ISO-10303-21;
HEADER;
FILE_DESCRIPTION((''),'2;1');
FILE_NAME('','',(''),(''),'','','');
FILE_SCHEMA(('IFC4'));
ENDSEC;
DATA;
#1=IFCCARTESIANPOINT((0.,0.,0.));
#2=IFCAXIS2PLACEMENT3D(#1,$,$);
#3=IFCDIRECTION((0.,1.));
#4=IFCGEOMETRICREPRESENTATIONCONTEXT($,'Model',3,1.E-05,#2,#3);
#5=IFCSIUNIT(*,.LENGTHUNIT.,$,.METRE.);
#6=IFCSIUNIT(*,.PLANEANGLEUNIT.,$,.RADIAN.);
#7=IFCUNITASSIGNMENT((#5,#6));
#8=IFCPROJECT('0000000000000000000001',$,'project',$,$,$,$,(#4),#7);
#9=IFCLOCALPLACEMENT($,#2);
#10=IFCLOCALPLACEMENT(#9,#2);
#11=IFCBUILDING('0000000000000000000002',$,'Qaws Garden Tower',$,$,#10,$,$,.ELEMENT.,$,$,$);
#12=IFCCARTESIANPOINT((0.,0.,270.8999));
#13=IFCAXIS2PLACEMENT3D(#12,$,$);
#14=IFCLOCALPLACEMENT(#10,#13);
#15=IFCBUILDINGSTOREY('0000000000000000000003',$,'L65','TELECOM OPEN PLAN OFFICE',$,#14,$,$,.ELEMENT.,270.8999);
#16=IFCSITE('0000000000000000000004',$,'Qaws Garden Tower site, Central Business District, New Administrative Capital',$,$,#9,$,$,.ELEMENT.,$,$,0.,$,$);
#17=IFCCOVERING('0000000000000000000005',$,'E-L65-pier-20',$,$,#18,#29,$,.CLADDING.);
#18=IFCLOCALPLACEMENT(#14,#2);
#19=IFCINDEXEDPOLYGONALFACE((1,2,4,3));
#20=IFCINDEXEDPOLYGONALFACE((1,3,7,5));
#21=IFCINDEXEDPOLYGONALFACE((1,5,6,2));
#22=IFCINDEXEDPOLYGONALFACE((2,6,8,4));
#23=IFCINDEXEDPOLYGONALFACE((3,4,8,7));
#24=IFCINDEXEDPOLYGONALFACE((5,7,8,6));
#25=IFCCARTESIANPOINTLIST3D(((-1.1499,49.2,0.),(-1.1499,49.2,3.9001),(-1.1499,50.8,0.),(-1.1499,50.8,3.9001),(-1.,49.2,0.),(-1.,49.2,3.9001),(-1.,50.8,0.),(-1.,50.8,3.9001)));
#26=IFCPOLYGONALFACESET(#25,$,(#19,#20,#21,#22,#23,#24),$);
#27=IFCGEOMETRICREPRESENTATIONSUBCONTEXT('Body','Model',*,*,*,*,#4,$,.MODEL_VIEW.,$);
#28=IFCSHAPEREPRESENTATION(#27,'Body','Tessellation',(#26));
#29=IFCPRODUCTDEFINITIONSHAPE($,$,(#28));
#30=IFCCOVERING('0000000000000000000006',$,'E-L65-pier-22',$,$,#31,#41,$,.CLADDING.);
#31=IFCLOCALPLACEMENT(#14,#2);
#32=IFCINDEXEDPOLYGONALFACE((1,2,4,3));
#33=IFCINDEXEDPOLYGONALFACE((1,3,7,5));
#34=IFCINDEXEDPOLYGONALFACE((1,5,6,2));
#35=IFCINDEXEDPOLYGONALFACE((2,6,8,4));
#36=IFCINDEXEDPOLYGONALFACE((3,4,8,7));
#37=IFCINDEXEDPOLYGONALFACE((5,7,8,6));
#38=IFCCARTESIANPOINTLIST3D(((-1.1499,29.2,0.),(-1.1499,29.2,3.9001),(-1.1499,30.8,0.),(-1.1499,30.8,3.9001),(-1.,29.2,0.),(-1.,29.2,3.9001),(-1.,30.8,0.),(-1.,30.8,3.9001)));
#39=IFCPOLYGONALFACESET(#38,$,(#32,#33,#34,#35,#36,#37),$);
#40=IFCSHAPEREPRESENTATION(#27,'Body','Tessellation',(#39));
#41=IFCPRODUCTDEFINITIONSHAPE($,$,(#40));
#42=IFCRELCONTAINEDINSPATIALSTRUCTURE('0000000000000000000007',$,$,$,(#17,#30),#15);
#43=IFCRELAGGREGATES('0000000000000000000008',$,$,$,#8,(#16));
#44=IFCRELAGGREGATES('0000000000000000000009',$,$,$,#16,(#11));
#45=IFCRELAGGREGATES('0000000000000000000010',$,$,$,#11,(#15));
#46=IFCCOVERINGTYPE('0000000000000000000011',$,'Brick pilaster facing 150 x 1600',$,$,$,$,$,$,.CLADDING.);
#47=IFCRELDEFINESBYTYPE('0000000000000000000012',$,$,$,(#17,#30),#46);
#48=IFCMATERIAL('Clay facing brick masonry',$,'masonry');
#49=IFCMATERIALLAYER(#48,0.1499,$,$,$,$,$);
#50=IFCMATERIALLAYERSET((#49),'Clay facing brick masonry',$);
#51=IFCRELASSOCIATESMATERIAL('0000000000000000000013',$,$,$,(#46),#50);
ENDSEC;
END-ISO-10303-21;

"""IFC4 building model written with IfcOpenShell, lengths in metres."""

from ifc_helpers import new_model, si_unit, direction, frame, origin, place, context, subcontext, project, spatial, polyline, outline, extrude, material, layer, layer_set, type_object, element, save


model = new_model("IFC4")

# Units and contexts
model_context = context("Model", 3, precision=1e-05, world=origin(), true_north=direction((0.0, 1.0)))
body_context = subcontext(model_context, "Body", "Model", "MODEL_VIEW")
ifc_project = project(units=[si_unit("LENGTHUNIT", "METRE"), si_unit("PLANEANGLEUNIT", "RADIAN")], contexts=[model_context])

# Site, building, storey
site_placement = place(None, origin())
site = spatial("IfcSite", under=ifc_project, at=site_placement, Name="Qaws Garden Tower site, Central Business District, New Administrative Capital", CompositionType="ELEMENT", RefElevation=0.0)
building_placement = place(site_placement, origin())
building = spatial("IfcBuilding", under=site, at=building_placement, Name="Qaws Garden Tower", CompositionType="ELEMENT")
storey_placement = place(building_placement, frame((0.0, 0.0, 270.8999)))
storey = spatial("IfcBuildingStorey", under=building, at=storey_placement, Name="L65", Description="TELECOM OPEN PLAN OFFICE", CompositionType="ELEMENT", Elevation=270.8999)

# Shared definitions
placement = place(storey_placement, origin())

# Coverings
ifc_material_1 = material(Name="Clay facing brick masonry", Category="masonry")
ifc_layer_1 = layer(ifc_material_1, 0.1499)
ifc_layer_set_1 = layer_set([ifc_layer_1], Name="Clay facing brick masonry")
covering_type = type_object("IfcCoveringType", Name="Brick pilaster facing 150 x 1600", PredefinedType="CLADDING", material=ifc_layer_set_1)
element("IfcCovering", 1, at=placement, inside=storey, type_object=covering_type, Name="E-L65-pier-20", PredefinedType="CLADDING", context=body_context, shape_type="SweptSolid", body=[
    extrude(outline(polyline([(-1.0, 50.8), (-1.0, 49.2), (-1.1499, 49.2), (-1.1499, 50.8), (-1.0, 50.8)])), origin(), (0.0, 0.0, 1.0), 3.9001),
])
element("IfcCovering", 2, at=placement, inside=storey, type_object=covering_type, Name="E-L65-pier-22", PredefinedType="CLADDING", context=body_context, shape_type="SweptSolid", body=[
    extrude(outline(polyline([(-1.0, 30.8), (-1.0, 29.2), (-1.1499, 29.2), (-1.1499, 30.8), (-1.0, 30.8)])), origin(), (0.0, 0.0, 1.0), 3.9001),
])

save(model, "model.ifc")
